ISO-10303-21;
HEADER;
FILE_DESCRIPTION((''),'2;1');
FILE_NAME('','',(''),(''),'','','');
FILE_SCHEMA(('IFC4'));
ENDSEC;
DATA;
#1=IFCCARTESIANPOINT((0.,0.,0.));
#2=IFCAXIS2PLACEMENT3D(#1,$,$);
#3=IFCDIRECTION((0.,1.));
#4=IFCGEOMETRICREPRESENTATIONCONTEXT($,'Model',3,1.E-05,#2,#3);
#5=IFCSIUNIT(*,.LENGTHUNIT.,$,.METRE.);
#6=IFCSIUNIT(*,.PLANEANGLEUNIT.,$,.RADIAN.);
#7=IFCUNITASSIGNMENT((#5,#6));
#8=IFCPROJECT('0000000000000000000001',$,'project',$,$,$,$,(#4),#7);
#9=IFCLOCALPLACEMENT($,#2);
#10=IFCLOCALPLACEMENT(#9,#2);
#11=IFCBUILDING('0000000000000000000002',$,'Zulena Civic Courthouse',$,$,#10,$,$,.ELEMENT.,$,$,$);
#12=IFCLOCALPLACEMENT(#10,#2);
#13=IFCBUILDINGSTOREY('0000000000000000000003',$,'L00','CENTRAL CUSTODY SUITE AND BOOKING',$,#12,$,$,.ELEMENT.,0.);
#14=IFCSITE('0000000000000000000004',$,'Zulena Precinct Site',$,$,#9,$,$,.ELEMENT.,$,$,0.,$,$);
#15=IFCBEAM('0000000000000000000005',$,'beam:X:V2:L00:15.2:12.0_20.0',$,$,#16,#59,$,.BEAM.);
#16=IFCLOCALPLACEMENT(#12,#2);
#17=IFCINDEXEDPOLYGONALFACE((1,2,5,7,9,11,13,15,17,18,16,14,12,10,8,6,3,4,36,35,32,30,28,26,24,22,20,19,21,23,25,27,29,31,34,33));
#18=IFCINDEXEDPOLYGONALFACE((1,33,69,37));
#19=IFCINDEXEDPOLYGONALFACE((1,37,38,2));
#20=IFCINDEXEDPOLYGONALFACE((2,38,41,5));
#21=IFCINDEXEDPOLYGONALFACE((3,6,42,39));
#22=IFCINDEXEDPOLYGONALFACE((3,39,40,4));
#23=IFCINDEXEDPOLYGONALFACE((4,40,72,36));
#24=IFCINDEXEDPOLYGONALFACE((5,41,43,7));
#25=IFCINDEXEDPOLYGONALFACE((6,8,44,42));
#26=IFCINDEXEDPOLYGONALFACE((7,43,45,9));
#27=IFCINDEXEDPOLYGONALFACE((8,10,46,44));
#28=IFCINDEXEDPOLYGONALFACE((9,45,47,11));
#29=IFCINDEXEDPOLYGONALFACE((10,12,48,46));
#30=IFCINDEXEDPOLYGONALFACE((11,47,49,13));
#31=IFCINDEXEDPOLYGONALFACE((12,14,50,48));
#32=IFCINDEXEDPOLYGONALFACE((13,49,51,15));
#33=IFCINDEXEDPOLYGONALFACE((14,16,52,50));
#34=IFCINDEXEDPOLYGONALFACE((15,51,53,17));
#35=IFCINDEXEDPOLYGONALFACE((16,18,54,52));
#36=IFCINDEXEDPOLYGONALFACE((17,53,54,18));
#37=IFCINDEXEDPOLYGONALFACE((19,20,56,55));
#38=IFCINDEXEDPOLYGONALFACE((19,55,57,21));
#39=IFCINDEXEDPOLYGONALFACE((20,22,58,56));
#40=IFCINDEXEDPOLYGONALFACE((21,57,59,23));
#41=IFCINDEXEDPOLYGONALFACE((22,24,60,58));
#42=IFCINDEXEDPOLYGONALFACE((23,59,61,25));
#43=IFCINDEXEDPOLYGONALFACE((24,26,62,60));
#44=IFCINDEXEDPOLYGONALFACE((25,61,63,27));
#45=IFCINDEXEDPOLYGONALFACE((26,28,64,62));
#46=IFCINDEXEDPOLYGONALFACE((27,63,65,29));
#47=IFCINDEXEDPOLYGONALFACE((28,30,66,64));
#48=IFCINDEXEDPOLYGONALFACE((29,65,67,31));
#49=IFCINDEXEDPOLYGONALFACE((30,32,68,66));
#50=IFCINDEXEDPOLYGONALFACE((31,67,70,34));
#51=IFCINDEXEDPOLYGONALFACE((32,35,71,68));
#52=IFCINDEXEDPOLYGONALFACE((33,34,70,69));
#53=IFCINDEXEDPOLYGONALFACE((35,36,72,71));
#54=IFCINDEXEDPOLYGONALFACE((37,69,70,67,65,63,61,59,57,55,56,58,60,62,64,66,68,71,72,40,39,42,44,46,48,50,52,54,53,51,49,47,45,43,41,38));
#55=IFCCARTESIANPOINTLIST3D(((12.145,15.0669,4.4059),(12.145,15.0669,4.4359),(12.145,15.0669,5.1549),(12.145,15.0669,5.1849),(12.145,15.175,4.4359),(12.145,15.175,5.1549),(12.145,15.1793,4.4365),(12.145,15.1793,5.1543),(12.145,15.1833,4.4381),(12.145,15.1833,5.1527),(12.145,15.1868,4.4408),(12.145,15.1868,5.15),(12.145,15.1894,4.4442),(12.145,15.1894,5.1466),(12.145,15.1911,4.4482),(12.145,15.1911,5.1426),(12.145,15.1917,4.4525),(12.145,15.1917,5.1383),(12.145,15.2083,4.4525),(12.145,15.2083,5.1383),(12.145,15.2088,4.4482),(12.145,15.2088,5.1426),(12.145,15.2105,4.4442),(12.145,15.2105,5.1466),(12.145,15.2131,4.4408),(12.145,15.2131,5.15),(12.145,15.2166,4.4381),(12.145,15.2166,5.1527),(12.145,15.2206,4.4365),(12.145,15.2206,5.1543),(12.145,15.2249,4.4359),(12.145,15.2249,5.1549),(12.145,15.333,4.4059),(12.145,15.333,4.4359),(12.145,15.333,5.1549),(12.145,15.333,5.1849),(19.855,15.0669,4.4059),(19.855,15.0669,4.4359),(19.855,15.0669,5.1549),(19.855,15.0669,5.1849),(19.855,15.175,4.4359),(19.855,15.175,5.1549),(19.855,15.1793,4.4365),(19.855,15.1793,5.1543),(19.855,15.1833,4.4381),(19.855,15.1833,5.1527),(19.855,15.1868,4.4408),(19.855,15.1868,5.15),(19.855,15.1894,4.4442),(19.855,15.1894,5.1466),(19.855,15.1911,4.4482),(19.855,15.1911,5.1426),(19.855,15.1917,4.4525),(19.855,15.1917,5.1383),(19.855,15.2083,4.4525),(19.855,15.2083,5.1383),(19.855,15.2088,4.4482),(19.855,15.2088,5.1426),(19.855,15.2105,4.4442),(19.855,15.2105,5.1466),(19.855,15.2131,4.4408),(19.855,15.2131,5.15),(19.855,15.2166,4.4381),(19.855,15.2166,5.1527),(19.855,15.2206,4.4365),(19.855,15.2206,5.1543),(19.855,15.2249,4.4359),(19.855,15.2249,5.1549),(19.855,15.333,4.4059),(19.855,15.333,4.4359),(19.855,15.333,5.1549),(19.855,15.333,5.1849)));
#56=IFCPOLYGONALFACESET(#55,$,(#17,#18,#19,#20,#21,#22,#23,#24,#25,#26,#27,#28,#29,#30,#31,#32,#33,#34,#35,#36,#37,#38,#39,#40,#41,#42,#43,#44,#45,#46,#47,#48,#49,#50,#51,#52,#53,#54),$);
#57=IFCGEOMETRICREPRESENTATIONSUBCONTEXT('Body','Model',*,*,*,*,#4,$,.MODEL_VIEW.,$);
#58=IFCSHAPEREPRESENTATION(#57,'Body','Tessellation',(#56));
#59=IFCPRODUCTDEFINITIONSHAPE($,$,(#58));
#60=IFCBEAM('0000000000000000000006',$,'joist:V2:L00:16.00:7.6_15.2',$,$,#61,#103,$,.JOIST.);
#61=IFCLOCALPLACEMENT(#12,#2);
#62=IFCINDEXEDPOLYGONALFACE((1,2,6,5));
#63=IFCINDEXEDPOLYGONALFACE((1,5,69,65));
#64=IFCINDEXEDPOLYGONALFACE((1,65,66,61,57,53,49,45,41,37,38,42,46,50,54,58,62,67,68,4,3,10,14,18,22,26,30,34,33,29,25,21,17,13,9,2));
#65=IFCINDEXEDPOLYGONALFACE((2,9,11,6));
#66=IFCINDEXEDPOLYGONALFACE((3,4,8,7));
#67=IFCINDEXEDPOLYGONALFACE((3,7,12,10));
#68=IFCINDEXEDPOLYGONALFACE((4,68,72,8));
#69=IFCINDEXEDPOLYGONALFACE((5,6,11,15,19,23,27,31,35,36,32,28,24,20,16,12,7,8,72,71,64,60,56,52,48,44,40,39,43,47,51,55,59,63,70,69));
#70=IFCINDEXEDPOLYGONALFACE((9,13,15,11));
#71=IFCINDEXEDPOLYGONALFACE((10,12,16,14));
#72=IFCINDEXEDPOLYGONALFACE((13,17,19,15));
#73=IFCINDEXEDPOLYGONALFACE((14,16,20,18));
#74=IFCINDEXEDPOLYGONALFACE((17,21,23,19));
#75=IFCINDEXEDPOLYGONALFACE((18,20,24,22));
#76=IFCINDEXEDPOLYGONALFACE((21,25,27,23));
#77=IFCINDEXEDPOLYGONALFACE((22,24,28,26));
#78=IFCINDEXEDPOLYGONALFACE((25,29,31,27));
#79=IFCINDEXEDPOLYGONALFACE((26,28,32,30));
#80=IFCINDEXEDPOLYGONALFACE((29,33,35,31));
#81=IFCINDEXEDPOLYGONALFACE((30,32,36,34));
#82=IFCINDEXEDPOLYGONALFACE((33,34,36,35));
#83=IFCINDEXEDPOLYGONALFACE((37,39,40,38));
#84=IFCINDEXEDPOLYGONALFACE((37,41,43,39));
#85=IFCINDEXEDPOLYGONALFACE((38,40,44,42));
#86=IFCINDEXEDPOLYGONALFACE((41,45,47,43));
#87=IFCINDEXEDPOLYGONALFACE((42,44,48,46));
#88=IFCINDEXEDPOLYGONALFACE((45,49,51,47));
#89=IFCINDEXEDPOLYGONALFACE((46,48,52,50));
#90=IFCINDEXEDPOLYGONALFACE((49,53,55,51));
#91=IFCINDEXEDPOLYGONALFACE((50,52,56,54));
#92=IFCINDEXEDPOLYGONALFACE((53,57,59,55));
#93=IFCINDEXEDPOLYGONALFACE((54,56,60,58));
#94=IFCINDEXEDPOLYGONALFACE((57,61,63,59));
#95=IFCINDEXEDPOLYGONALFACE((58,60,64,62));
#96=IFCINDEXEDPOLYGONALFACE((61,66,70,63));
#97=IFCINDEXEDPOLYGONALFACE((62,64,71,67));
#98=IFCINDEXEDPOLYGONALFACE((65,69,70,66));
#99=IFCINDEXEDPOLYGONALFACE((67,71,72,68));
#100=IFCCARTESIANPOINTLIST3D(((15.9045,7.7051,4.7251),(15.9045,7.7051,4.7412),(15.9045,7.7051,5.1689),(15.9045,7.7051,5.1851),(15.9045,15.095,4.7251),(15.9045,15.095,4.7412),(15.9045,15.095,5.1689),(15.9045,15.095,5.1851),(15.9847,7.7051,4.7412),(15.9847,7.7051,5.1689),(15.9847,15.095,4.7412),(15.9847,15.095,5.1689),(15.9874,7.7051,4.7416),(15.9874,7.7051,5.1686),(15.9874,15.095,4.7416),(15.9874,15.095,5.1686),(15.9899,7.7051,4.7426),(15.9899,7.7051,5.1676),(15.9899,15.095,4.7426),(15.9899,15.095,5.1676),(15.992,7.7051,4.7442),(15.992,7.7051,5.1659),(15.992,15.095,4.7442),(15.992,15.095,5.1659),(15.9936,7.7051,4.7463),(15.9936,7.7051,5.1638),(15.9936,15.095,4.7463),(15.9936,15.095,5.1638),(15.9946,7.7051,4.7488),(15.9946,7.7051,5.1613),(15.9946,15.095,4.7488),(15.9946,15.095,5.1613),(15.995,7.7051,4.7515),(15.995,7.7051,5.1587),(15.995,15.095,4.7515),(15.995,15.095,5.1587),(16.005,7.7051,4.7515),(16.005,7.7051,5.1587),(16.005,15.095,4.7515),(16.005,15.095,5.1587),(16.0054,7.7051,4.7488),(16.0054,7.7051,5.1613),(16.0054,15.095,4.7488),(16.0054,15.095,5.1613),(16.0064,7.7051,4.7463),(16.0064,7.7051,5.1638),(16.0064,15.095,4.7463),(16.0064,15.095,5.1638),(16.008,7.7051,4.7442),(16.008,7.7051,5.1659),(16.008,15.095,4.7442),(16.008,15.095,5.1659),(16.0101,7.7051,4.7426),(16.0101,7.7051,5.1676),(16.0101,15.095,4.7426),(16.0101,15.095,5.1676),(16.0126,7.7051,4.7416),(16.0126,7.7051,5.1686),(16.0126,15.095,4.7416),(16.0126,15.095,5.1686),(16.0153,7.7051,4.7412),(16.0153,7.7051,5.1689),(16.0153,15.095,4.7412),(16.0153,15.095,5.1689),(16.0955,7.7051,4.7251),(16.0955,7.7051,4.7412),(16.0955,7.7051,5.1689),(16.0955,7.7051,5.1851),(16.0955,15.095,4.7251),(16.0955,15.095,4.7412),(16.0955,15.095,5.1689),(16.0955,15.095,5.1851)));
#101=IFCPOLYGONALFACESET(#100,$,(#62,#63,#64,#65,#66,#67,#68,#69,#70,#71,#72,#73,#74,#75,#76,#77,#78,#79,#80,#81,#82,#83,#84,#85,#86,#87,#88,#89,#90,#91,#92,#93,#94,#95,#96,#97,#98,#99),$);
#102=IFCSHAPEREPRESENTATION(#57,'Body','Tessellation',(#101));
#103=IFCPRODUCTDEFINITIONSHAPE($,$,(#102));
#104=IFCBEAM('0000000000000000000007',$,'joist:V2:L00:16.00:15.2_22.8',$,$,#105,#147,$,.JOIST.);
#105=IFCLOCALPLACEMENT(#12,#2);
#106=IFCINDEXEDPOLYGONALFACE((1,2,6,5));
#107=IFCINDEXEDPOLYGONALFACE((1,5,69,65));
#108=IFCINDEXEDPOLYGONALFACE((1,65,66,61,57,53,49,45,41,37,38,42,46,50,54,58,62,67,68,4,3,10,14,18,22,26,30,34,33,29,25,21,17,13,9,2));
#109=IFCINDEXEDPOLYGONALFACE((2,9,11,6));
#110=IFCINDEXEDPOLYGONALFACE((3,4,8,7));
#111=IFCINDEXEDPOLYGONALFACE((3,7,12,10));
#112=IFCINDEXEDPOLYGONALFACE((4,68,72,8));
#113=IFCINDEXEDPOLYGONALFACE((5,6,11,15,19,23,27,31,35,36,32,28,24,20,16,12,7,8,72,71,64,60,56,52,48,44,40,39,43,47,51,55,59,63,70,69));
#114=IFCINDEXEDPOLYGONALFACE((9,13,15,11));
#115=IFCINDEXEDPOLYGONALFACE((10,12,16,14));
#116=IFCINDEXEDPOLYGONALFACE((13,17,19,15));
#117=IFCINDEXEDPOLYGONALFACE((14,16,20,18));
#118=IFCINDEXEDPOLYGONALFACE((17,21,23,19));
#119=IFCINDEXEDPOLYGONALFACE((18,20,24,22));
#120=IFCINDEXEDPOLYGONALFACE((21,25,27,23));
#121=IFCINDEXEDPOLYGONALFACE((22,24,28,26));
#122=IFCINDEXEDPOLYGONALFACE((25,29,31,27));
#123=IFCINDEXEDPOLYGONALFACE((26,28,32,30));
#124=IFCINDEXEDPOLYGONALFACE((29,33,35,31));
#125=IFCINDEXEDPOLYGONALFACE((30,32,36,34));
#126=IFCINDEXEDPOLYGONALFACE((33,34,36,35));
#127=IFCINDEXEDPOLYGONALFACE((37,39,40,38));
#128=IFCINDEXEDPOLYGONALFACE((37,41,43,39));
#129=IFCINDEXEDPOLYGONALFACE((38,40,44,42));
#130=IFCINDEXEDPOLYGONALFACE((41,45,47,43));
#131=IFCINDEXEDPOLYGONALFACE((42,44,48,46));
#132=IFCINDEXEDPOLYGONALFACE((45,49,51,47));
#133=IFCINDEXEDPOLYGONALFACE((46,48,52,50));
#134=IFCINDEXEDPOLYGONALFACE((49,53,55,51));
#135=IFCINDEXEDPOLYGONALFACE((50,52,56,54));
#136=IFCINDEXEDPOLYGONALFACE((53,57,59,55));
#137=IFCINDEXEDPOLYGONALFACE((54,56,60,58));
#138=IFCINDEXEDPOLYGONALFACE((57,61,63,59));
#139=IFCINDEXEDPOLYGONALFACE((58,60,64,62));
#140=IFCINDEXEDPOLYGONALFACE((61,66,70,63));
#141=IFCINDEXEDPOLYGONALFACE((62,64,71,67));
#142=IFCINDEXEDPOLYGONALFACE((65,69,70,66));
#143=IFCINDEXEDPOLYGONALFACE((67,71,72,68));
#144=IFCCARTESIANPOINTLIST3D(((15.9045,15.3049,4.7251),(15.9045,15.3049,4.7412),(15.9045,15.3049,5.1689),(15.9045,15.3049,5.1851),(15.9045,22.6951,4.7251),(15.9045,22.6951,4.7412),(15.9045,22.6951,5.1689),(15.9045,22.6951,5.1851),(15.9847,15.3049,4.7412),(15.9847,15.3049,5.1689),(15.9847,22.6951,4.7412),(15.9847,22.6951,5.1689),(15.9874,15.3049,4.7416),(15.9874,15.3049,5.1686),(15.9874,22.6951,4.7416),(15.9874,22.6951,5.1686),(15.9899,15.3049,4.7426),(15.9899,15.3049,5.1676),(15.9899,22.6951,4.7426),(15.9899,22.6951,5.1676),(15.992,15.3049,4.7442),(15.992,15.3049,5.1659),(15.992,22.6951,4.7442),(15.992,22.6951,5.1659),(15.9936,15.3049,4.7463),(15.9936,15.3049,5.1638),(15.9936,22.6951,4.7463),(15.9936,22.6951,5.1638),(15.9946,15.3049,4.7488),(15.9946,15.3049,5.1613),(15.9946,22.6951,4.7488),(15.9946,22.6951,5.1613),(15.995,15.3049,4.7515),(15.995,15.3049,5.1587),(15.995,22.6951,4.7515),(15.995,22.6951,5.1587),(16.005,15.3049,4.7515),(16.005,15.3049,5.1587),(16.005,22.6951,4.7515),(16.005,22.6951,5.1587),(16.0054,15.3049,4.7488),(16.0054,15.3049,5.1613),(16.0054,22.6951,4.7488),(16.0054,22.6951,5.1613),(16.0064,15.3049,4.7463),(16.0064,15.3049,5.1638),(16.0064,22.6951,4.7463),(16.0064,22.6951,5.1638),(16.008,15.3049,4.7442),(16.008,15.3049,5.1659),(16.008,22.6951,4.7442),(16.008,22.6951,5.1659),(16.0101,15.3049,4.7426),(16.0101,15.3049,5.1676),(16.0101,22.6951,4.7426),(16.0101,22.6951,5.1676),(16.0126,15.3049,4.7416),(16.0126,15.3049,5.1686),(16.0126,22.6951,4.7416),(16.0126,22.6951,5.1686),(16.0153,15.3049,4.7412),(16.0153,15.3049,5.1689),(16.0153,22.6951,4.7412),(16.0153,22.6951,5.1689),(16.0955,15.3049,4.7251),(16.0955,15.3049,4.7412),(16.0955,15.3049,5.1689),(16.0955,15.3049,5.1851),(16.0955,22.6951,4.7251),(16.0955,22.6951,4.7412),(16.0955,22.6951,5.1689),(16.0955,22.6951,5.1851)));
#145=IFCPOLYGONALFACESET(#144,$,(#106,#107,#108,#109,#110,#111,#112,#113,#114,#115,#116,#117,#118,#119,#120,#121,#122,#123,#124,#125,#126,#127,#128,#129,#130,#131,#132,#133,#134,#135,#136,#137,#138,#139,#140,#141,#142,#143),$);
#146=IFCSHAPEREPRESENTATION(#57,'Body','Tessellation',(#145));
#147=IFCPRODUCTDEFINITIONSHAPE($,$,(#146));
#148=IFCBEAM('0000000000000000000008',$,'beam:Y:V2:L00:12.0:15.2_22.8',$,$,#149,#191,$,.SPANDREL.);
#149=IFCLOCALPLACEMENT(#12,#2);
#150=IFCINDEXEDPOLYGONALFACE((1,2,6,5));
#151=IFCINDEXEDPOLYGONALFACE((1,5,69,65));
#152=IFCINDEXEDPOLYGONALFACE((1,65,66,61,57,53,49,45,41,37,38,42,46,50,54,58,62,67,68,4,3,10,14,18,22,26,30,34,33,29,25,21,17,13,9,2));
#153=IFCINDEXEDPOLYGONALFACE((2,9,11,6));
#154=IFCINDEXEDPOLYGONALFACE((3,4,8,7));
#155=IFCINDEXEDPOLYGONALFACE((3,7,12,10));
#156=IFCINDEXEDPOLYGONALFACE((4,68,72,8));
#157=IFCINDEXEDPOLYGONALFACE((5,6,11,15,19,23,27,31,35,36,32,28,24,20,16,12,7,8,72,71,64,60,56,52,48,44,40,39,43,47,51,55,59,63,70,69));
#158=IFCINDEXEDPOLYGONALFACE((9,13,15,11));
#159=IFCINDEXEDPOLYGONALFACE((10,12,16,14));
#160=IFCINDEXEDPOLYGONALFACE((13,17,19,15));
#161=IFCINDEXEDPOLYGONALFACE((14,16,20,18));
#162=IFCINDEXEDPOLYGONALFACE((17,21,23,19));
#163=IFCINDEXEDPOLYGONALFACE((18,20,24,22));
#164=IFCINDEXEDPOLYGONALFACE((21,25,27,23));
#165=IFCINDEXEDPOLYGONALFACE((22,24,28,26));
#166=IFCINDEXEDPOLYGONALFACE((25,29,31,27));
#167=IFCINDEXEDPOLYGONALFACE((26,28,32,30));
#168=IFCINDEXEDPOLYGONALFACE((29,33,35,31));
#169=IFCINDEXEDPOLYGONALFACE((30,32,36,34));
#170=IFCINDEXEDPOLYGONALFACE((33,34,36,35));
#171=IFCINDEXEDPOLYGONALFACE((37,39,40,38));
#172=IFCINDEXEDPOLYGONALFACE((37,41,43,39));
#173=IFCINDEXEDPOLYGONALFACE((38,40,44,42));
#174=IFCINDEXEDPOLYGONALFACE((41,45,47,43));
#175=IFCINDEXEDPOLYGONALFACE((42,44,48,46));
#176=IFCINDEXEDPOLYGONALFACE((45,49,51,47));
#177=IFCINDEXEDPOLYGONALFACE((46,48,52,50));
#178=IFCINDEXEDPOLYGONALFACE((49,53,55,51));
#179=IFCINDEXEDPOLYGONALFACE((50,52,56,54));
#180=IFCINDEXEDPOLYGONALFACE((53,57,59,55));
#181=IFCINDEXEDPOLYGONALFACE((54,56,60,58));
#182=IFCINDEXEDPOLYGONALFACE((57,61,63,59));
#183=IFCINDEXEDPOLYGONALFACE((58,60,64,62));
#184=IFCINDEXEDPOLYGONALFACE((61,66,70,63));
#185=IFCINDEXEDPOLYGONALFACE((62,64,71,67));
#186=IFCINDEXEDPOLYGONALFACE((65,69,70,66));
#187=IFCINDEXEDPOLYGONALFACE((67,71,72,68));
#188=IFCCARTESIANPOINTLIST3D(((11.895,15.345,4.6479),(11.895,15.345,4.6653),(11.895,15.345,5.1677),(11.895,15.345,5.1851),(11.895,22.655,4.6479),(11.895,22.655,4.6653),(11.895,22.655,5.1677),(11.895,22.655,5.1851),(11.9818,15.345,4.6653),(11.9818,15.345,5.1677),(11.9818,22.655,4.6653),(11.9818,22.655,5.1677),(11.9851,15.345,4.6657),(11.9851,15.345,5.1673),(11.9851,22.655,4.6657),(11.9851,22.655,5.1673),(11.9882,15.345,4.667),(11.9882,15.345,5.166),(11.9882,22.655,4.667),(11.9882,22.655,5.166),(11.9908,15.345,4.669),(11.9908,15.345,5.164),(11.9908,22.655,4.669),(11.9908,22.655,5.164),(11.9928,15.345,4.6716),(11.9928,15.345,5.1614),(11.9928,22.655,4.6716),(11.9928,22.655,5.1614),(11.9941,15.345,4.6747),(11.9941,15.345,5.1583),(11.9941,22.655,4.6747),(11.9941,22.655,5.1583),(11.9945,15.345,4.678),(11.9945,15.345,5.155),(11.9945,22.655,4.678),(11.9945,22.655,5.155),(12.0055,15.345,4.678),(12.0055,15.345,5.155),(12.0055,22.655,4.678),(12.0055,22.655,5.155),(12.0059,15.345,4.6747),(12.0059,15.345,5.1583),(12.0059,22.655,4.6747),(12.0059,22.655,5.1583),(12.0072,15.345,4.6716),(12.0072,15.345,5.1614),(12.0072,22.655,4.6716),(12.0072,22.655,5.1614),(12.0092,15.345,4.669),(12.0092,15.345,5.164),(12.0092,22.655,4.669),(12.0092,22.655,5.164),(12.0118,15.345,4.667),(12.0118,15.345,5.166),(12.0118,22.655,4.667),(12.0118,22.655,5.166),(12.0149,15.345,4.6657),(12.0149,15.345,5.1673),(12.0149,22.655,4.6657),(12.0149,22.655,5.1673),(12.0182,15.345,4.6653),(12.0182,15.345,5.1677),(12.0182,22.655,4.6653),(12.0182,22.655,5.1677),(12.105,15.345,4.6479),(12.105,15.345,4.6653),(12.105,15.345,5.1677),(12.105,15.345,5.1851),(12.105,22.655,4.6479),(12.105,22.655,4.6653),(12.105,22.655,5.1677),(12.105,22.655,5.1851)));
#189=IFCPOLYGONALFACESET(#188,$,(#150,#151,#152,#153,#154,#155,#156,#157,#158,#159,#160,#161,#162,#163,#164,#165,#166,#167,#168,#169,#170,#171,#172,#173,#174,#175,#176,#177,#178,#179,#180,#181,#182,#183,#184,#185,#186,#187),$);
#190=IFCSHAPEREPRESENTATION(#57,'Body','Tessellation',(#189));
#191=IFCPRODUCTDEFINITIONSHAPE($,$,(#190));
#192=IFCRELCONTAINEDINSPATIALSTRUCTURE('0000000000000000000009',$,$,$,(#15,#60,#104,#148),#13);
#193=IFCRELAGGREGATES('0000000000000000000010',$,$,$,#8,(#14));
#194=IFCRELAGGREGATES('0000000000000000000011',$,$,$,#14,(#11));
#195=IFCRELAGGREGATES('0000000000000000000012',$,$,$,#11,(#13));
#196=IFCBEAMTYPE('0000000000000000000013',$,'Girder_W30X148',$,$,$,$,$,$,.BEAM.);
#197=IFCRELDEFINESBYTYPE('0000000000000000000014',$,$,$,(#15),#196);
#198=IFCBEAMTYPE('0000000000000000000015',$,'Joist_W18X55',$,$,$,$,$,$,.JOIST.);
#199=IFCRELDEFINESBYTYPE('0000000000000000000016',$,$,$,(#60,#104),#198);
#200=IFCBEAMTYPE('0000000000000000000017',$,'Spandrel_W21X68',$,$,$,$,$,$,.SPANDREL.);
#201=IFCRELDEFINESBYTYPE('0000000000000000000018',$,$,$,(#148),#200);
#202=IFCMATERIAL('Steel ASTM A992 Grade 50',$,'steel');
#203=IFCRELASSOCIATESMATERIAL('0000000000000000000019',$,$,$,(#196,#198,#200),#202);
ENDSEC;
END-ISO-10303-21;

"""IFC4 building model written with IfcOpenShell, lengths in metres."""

from ifc_helpers import new_model, si_unit, direction, frame, origin, origin_2d, place, context, subcontext, project, spatial, i_section, extrude, material, material_profile, profile_set, type_object, element, save


model = new_model("IFC4")

# Units and contexts
model_context = context("Model", 3, precision=1e-05, world=origin(), true_north=direction((0.0, 1.0)))
body_context = subcontext(model_context, "Body", "Model", "MODEL_VIEW")
ifc_project = project(units=[si_unit("LENGTHUNIT", "METRE"), si_unit("PLANEANGLEUNIT", "RADIAN")], contexts=[model_context])

# Site, building, storey
site_placement = place(None, origin())
site = spatial("IfcSite", under=ifc_project, at=site_placement, Name="Zulena Precinct Site", CompositionType="ELEMENT", RefElevation=0.0)
building_placement = place(site_placement, origin())
building = spatial("IfcBuilding", under=site, at=building_placement, Name="Zulena Civic Courthouse", CompositionType="ELEMENT")
storey_placement = place(building_placement, origin())
storey = spatial("IfcBuildingStorey", under=building, at=storey_placement, Name="L00", Description="CENTRAL CUSTODY SUITE AND BOOKING", CompositionType="ELEMENT", Elevation=0.0)

# Shared definitions
ifc_material_1 = material(Name="Steel ASTM A992 Grade 50", Category="steel")

# Beams
ifc_material_profile_1 = material_profile(ifc_material_1, i_section(OverallWidth=0.2661, OverallDepth=0.7791, WebThickness=0.0166, FlangeThickness=0.03, FilletRadius=0.0166, at=origin_2d()), Name="W30X148")
ifc_profile_set_1 = profile_set([ifc_material_profile_1], Name="Steel ASTM A992 Grade 50")
beam_type_1 = type_object("IfcBeamType", Name="Girder_W30X148", PredefinedType="BEAM", material=ifc_profile_set_1)
for number, where, z_axis, x_axis, name in (
    (1, (12.145, 15.2, 4.7954), (1.0, 0.0, 0.0), (0.0, 1.0, 0.0), "beam:X:V2:L00:15.2:12.0_20.0"),
):
    element("IfcBeam", number, at=place(storey_placement, frame(where, z_axis=z_axis, x_axis=x_axis)), inside=storey, type_object=beam_type_1, Name=name, PredefinedType="BEAM", context=body_context, shape_type="SweptSolid", body=[
        extrude(i_section(OverallWidth=0.2661, OverallDepth=0.7791, WebThickness=0.0166, FlangeThickness=0.03, FilletRadius=0.0166, at=origin_2d()), origin(), (0.0, 0.0, 1.0), 7.71),
    ])
ifc_material_profile_2 = material_profile(ifc_material_1, i_section(OverallWidth=0.1909, OverallDepth=0.46, WebThickness=0.01, FlangeThickness=0.0161, FilletRadius=0.0103, at=origin_2d()), Name="W18X55")
ifc_profile_set_2 = profile_set([ifc_material_profile_2], Name="Steel ASTM A992 Grade 50")
beam_type_2 = type_object("IfcBeamType", Name="Joist_W18X55", PredefinedType="JOIST", material=ifc_profile_set_2)
beam_1_placement = place(storey_placement, frame((16.0, 7.7051, 4.9551), z_axis=(0.0, 1.0, 0.0), x_axis=(-1.0, 0.0, 0.0)))
element("IfcBeam", 2, at=beam_1_placement, inside=storey, type_object=beam_type_2, Name="joist:V2:L00:16.00:7.6_15.2", PredefinedType="JOIST", context=body_context, shape_type="SweptSolid", body=[
    extrude(i_section(OverallWidth=0.1909, OverallDepth=0.46, WebThickness=0.01, FlangeThickness=0.0161, FilletRadius=0.0103, at=origin_2d()), origin(), (0.0, 0.0, 1.0), 7.3899),
])
beam_2_placement = place(storey_placement, frame((16.0, 15.3049, 4.9551), z_axis=(0.0, 1.0, 0.0), x_axis=(-1.0, 0.0, 0.0)))
element("IfcBeam", 3, at=beam_2_placement, inside=storey, type_object=beam_type_2, Name="joist:V2:L00:16.00:15.2_22.8", PredefinedType="JOIST", context=body_context, shape_type="SweptSolid", body=[
    extrude(i_section(OverallWidth=0.1909, OverallDepth=0.46, WebThickness=0.01, FlangeThickness=0.0161, FilletRadius=0.0103, at=origin_2d()), origin(), (0.0, 0.0, 1.0), 7.3901),
])
ifc_material_profile_3 = material_profile(ifc_material_1, i_section(OverallWidth=0.21, OverallDepth=0.5371, WebThickness=0.011, FlangeThickness=0.0173, FilletRadius=0.0127, at=origin_2d()), Name="W21X68")
ifc_profile_set_3 = profile_set([ifc_material_profile_3], Name="Steel ASTM A992 Grade 50")
beam_type_3 = type_object("IfcBeamType", Name="Spandrel_W21X68", PredefinedType="SPANDREL", material=ifc_profile_set_3)
beam_3_placement = place(storey_placement, frame((12.0, 15.345, 4.9165), z_axis=(0.0, 1.0, 0.0), x_axis=(-1.0, 0.0, 0.0)))
element("IfcBeam", 4, at=beam_3_placement, inside=storey, type_object=beam_type_3, Name="beam:Y:V2:L00:12.0:15.2_22.8", PredefinedType="SPANDREL", context=body_context, shape_type="SweptSolid", body=[
    extrude(i_section(OverallWidth=0.21, OverallDepth=0.5371, WebThickness=0.011, FlangeThickness=0.0173, FilletRadius=0.0127, at=origin_2d()), origin(), (0.0, 0.0, 1.0), 7.3101),
])

save(model, "model.ifc")
